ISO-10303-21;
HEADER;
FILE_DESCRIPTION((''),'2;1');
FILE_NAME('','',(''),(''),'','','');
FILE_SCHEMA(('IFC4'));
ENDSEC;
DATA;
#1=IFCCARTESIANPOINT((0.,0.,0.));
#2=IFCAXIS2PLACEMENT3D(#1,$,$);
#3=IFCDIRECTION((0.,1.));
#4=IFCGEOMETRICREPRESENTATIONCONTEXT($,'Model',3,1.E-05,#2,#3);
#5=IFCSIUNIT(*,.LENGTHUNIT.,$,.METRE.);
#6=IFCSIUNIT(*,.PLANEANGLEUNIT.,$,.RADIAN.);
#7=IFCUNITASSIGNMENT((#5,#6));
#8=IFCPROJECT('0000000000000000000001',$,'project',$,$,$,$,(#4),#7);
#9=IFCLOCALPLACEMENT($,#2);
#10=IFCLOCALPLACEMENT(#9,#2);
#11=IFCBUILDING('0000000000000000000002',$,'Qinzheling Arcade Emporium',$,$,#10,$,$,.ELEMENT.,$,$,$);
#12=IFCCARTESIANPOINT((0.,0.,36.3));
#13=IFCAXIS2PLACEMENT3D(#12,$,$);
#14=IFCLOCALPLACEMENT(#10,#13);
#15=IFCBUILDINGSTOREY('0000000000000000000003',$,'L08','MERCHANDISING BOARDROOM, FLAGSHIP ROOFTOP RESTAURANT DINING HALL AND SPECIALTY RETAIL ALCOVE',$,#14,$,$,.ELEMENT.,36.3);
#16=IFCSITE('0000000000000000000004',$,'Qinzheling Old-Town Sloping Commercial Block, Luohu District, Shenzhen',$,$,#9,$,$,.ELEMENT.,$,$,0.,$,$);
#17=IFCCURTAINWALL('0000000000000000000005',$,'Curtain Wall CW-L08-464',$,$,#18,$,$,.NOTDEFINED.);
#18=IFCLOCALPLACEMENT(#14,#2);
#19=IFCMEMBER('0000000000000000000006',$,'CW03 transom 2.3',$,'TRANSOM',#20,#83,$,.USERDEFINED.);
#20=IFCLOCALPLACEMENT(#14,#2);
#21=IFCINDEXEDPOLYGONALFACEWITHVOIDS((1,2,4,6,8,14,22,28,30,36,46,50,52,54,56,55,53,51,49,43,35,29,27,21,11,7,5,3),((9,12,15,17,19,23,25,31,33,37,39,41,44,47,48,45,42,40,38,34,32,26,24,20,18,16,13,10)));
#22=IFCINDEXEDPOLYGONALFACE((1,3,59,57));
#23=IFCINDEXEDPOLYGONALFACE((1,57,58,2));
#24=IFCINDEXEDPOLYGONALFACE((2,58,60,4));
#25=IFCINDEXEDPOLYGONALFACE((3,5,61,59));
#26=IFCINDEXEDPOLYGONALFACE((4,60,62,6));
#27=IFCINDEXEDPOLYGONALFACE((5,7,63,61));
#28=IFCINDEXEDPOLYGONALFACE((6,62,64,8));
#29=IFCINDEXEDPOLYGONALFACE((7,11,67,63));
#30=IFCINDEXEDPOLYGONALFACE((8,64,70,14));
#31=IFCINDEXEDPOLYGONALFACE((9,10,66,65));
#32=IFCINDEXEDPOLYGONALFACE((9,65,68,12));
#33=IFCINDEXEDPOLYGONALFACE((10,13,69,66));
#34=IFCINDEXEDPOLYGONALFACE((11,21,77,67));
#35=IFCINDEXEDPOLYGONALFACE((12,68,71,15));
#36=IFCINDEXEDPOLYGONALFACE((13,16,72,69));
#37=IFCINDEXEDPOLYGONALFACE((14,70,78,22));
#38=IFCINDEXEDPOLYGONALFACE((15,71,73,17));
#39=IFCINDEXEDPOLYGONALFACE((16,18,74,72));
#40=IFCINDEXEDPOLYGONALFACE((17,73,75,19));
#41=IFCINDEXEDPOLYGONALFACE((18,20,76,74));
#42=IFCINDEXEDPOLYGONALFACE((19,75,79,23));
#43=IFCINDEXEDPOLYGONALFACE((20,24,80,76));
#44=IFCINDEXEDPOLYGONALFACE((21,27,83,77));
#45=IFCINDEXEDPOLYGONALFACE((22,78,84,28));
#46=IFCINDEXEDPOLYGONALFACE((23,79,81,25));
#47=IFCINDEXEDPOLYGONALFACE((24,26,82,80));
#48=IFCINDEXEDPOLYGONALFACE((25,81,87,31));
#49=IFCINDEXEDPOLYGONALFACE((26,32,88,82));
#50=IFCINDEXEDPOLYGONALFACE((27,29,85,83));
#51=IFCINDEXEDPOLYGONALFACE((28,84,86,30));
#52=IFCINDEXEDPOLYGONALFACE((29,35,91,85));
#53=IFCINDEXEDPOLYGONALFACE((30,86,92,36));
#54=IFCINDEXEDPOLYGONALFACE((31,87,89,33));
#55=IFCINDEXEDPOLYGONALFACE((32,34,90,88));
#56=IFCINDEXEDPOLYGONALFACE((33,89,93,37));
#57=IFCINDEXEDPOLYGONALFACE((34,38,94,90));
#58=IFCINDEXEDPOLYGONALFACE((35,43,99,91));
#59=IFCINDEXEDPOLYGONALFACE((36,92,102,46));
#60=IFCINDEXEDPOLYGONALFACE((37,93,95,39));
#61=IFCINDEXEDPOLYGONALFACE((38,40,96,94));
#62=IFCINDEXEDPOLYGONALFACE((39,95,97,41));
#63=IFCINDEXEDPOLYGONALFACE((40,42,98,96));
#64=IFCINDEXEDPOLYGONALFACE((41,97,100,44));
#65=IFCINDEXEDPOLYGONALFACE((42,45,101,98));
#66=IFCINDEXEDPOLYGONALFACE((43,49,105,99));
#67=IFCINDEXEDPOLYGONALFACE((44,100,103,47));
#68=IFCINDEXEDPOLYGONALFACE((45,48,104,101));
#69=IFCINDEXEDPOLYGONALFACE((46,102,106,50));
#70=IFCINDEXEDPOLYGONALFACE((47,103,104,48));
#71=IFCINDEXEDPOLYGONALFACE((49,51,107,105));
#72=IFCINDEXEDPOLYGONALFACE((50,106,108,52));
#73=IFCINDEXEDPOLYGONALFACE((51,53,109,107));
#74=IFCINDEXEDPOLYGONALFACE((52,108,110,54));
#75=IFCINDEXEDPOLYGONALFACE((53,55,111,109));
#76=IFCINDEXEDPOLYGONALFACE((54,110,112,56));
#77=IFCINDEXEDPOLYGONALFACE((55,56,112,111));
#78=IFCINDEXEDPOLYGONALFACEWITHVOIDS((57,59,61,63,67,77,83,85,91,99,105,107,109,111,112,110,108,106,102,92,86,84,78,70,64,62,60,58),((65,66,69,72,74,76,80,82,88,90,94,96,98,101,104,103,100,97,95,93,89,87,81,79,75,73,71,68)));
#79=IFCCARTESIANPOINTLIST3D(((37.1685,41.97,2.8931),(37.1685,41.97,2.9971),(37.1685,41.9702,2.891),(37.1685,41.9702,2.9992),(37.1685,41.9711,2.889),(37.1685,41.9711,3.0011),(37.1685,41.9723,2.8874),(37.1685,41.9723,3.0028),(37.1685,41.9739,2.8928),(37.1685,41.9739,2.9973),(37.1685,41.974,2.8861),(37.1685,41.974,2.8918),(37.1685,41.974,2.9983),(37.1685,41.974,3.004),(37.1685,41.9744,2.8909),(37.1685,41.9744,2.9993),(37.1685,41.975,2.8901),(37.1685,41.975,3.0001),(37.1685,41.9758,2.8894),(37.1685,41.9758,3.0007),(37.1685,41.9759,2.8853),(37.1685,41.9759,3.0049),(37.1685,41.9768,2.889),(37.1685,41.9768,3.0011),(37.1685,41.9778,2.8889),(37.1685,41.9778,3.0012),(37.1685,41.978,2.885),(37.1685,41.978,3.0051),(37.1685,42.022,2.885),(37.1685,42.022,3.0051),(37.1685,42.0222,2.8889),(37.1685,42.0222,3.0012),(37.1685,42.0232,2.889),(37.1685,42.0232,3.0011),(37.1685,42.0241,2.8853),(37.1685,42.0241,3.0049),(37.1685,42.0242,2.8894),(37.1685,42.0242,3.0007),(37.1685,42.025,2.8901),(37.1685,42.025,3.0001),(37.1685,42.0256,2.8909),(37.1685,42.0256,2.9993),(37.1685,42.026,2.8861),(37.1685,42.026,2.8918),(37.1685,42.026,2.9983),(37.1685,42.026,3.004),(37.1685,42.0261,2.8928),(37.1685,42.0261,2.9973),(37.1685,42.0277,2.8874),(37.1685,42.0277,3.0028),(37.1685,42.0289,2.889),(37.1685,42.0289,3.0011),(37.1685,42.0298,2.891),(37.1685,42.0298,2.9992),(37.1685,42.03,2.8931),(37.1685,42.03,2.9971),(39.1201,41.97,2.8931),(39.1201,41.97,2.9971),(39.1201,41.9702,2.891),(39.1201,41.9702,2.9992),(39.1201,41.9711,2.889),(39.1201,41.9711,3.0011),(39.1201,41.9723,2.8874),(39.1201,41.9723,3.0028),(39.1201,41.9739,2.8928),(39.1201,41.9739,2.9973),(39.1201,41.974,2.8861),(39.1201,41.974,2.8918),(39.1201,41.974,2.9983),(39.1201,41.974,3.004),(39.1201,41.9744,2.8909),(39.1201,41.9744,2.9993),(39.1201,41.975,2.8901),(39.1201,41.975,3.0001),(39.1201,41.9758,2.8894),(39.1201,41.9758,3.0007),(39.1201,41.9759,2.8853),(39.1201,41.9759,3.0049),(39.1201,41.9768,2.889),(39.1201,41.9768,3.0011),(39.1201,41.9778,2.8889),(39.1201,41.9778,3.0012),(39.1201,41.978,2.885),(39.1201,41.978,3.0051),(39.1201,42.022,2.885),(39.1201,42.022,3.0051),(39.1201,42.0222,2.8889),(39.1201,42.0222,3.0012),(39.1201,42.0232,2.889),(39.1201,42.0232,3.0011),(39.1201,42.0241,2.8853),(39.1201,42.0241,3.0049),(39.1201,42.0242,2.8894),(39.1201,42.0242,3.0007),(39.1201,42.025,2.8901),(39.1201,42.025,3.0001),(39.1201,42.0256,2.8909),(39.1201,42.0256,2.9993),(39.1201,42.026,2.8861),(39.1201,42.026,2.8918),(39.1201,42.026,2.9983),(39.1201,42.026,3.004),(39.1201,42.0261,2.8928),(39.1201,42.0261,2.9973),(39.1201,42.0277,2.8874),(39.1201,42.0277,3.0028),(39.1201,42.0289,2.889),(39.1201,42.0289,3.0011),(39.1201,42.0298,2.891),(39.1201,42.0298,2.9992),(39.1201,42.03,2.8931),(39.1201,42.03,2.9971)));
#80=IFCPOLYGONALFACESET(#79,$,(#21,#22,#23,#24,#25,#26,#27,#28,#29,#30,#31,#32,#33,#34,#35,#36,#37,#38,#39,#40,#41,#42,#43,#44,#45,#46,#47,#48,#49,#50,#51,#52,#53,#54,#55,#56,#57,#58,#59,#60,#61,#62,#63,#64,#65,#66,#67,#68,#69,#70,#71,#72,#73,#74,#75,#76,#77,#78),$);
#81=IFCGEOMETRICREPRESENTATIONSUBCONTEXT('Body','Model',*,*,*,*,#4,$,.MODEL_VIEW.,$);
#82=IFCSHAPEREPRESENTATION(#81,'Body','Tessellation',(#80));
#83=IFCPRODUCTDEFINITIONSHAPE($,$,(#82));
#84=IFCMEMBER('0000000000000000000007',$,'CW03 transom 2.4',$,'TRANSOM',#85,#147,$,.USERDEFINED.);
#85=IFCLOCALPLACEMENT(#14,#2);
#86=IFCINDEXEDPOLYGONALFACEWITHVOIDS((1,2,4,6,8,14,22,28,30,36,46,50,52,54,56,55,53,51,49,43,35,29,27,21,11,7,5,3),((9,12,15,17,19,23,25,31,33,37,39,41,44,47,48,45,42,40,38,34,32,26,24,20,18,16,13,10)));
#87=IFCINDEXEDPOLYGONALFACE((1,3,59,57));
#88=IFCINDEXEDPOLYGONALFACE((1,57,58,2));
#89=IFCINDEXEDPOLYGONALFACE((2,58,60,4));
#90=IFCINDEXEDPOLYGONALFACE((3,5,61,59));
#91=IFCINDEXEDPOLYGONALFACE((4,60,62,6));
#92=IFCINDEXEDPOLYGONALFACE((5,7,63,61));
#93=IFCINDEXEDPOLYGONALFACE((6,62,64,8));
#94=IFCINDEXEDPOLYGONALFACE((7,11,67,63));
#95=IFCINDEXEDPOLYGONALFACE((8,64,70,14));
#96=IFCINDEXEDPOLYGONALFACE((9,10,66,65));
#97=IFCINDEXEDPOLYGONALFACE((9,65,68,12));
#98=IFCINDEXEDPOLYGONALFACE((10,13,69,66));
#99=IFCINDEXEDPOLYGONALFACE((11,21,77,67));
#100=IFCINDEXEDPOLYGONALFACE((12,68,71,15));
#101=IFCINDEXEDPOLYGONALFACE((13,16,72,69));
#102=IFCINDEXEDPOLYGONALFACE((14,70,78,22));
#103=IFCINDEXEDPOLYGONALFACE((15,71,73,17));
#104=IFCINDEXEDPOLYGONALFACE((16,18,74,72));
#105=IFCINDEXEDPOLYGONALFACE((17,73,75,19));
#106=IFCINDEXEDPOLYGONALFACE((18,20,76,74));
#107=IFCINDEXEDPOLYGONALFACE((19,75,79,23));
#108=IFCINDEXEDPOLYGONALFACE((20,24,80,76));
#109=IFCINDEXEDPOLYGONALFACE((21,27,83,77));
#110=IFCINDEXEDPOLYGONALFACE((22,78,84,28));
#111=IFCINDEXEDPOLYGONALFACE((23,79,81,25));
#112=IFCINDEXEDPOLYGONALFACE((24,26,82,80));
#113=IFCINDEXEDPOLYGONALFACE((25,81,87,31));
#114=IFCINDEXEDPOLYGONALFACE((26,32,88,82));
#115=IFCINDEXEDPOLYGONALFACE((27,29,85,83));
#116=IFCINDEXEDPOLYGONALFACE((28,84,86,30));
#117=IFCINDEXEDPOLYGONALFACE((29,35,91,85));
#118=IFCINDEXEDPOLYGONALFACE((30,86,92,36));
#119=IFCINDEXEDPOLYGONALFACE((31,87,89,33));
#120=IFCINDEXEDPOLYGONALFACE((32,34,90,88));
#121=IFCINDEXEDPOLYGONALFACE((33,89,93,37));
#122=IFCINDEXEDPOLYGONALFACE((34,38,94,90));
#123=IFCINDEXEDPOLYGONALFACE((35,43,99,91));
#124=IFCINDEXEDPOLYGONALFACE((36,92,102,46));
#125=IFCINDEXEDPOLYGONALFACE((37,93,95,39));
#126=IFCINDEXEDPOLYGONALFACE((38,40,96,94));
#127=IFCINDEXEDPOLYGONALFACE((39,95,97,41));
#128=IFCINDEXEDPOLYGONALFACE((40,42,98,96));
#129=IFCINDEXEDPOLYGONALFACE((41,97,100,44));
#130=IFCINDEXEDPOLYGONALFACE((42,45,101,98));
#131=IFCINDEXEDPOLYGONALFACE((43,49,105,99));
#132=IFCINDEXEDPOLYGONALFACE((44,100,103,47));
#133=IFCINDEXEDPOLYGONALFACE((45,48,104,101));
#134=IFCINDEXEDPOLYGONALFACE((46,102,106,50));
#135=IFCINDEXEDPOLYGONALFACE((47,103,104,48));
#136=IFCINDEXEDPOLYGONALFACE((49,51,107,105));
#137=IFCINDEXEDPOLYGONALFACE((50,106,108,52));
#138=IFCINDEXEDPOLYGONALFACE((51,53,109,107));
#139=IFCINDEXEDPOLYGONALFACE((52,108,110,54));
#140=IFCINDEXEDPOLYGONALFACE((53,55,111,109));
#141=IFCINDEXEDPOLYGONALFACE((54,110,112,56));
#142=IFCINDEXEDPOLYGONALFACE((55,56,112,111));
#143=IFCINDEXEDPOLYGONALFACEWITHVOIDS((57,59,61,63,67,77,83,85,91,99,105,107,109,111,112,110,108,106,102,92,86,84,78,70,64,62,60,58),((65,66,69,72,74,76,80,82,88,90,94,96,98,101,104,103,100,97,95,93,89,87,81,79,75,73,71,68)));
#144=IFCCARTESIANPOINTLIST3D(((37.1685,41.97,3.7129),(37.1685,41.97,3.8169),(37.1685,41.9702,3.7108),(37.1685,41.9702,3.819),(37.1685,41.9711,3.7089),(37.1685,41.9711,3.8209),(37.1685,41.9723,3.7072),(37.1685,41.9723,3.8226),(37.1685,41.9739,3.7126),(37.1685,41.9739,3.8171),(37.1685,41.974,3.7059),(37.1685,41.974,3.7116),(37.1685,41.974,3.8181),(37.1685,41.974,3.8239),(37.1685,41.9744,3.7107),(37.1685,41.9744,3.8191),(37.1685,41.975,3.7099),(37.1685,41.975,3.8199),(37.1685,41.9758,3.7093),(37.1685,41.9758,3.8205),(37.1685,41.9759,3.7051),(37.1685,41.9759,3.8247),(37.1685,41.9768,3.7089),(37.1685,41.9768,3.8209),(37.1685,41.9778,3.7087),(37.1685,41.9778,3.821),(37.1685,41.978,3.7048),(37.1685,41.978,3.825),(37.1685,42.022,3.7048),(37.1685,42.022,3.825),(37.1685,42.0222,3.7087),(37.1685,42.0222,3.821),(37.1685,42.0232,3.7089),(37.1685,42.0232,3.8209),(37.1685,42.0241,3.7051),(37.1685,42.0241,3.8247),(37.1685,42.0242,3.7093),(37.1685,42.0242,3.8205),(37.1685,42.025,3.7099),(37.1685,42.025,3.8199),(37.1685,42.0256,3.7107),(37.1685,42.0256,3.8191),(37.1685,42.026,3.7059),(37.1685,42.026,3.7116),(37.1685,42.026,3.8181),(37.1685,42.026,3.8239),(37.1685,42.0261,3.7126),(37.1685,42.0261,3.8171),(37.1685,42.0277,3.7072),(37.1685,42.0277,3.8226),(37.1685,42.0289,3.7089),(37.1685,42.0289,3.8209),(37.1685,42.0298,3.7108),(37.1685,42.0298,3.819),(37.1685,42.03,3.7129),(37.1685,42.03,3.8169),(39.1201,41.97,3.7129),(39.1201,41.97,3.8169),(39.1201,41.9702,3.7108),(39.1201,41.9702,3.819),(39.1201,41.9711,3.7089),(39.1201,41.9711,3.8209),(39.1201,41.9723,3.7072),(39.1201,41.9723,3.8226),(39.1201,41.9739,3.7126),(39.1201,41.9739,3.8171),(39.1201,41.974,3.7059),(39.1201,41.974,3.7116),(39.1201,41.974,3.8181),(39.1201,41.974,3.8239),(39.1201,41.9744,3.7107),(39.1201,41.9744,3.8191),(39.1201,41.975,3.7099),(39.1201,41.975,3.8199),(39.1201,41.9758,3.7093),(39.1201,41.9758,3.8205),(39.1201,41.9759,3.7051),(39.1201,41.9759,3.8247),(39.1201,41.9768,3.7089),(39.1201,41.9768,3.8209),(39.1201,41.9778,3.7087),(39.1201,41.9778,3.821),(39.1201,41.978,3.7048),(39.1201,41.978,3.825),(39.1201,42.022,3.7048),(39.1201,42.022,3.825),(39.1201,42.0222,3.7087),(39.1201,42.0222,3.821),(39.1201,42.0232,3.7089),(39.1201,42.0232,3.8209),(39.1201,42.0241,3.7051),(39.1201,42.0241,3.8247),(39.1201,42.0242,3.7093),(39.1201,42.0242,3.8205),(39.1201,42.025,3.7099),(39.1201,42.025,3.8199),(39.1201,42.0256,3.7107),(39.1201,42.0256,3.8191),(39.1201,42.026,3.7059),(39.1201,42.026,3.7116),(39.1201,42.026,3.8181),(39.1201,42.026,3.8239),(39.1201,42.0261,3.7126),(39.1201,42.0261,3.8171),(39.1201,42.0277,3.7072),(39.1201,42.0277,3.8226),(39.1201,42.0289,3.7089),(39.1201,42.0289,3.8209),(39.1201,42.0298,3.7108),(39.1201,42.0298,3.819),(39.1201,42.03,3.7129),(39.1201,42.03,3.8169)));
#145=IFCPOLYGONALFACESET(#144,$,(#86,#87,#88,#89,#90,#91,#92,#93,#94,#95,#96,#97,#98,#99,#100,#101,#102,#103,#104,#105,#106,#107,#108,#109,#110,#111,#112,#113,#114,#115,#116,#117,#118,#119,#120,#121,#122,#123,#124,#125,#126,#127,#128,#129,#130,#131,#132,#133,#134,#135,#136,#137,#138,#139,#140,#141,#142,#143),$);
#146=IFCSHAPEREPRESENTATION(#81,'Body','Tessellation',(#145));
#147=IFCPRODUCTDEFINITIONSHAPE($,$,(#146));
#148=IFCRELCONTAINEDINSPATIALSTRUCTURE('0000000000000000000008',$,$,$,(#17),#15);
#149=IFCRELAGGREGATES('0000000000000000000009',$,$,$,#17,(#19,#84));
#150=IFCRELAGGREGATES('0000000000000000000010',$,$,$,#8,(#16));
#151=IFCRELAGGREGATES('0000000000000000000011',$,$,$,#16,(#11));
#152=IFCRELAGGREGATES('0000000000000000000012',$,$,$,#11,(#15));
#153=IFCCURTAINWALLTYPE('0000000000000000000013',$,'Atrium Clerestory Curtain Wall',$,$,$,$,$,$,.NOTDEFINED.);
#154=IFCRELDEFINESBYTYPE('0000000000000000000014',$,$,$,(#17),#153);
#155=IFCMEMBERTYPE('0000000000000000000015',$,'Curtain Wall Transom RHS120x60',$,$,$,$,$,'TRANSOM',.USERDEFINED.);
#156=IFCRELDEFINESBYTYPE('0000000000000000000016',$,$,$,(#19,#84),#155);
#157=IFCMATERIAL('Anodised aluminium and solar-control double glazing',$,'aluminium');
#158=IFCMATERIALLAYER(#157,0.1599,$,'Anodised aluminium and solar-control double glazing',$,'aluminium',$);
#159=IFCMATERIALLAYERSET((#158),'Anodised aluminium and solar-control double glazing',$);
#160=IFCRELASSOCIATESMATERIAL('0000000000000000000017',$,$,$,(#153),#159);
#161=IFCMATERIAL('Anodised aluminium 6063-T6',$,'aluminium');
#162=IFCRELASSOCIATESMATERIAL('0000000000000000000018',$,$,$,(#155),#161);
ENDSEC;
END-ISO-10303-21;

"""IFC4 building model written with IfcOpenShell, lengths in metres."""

from ifc_helpers import new_model, si_unit, direction, frame, origin, origin_2d, place, context, subcontext, project, spatial, hollow_rectangle, extrude, material, layer, layer_set, material_profile, profile_set, type_object, element, aggregate, save


model = new_model("IFC4")

# Units and contexts
model_context = context("Model", 3, precision=1e-05, world=origin(), true_north=direction((0.0, 1.0)))
body_context = subcontext(model_context, "Body", "Model", "MODEL_VIEW")
ifc_project = project(units=[si_unit("LENGTHUNIT", "METRE"), si_unit("PLANEANGLEUNIT", "RADIAN")], contexts=[model_context])

# Site, building, storey
site_placement = place(None, origin())
site = spatial("IfcSite", under=ifc_project, at=site_placement, Name="Qinzheling Old-Town Sloping Commercial Block, Luohu District, Shenzhen", CompositionType="ELEMENT", RefElevation=0.0)
building_placement = place(site_placement, origin())
building = spatial("IfcBuilding", under=site, at=building_placement, Name="Qinzheling Arcade Emporium", CompositionType="ELEMENT")
storey_placement = place(building_placement, frame((0.0, 0.0, 36.3)))
storey = spatial("IfcBuildingStorey", under=building, at=storey_placement, Name="L08", Description="MERCHANDISING BOARDROOM, FLAGSHIP ROOFTOP RESTAURANT DINING HALL AND SPECIALTY RETAIL ALCOVE", CompositionType="ELEMENT", Elevation=36.3)

# Curtain wall, members
ifc_material_1 = material(Name="Anodised aluminium and solar-control double glazing", Category="aluminium")
ifc_layer_1 = layer(ifc_material_1, 0.1599, Name="Anodised aluminium and solar-control double glazing", Category="aluminium")
ifc_layer_set_1 = layer_set([ifc_layer_1], Name="Anodised aluminium and solar-control double glazing")
curtain_wall_type = type_object("IfcCurtainWallType", Name="Atrium Clerestory Curtain Wall", PredefinedType="NOTDEFINED", material=ifc_layer_set_1)
curtain_wall_placement = place(storey_placement, origin())
curtain_wall = element("IfcCurtainWall", 1, at=curtain_wall_placement, inside=storey, type_object=curtain_wall_type, Name="Curtain Wall CW-L08-464", PredefinedType="NOTDEFINED")
ifc_material_2 = material(Name="Anodised aluminium 6063-T6", Category="aluminium")
ifc_material_profile_1 = material_profile(ifc_material_2, hollow_rectangle(XDim=0.0601, YDim=0.1201, WallThickness=0.0039, InnerFilletRadius=0.0039, OuterFilletRadius=0.0081, at=origin_2d()), Name="RHS 120x60x4", Category="aluminium")
ifc_profile_set_1 = profile_set([ifc_material_profile_1], Name="Anodised aluminium 6063-T6")
member_type_1 = type_object("IfcMemberType", Name="Curtain Wall Transom RHS120x60", ElementType="TRANSOM", PredefinedType="USERDEFINED", material=ifc_profile_set_1)
member_1_placement = place(storey_placement, frame((37.1685, 42.0, 2.9451), z_axis=(1.0, 0.0, 0.0), x_axis=(0.0, 1.0, 0.0)))
member_1 = element("IfcMember", 2, at=member_1_placement, type_object=member_type_1, Name="CW03 transom 2.3", ObjectType="TRANSOM", PredefinedType="USERDEFINED", context=body_context, shape_type="SweptSolid", body=[
    extrude(hollow_rectangle(XDim=0.0601, YDim=0.1201, WallThickness=0.0039, InnerFilletRadius=0.0039, OuterFilletRadius=0.0081, at=origin_2d()), origin(), (0.0, 0.0, 1.0), 1.9517),
])
member_2_placement = place(storey_placement, frame((37.1685, 42.0, 3.7649), z_axis=(1.0, 0.0, 0.0), x_axis=(0.0, 1.0, 0.0)))
member_2 = element("IfcMember", 3, at=member_2_placement, type_object=member_type_1, Name="CW03 transom 2.4", ObjectType="TRANSOM", PredefinedType="USERDEFINED", context=body_context, shape_type="SweptSolid", body=[
    extrude(hollow_rectangle(XDim=0.0601, YDim=0.1201, WallThickness=0.0039, InnerFilletRadius=0.0039, OuterFilletRadius=0.0081, at=origin_2d()), origin(), (0.0, 0.0, 1.0), 1.9517),
])
aggregate(curtain_wall, [member_1, member_2])

save(model, "model.ifc")
